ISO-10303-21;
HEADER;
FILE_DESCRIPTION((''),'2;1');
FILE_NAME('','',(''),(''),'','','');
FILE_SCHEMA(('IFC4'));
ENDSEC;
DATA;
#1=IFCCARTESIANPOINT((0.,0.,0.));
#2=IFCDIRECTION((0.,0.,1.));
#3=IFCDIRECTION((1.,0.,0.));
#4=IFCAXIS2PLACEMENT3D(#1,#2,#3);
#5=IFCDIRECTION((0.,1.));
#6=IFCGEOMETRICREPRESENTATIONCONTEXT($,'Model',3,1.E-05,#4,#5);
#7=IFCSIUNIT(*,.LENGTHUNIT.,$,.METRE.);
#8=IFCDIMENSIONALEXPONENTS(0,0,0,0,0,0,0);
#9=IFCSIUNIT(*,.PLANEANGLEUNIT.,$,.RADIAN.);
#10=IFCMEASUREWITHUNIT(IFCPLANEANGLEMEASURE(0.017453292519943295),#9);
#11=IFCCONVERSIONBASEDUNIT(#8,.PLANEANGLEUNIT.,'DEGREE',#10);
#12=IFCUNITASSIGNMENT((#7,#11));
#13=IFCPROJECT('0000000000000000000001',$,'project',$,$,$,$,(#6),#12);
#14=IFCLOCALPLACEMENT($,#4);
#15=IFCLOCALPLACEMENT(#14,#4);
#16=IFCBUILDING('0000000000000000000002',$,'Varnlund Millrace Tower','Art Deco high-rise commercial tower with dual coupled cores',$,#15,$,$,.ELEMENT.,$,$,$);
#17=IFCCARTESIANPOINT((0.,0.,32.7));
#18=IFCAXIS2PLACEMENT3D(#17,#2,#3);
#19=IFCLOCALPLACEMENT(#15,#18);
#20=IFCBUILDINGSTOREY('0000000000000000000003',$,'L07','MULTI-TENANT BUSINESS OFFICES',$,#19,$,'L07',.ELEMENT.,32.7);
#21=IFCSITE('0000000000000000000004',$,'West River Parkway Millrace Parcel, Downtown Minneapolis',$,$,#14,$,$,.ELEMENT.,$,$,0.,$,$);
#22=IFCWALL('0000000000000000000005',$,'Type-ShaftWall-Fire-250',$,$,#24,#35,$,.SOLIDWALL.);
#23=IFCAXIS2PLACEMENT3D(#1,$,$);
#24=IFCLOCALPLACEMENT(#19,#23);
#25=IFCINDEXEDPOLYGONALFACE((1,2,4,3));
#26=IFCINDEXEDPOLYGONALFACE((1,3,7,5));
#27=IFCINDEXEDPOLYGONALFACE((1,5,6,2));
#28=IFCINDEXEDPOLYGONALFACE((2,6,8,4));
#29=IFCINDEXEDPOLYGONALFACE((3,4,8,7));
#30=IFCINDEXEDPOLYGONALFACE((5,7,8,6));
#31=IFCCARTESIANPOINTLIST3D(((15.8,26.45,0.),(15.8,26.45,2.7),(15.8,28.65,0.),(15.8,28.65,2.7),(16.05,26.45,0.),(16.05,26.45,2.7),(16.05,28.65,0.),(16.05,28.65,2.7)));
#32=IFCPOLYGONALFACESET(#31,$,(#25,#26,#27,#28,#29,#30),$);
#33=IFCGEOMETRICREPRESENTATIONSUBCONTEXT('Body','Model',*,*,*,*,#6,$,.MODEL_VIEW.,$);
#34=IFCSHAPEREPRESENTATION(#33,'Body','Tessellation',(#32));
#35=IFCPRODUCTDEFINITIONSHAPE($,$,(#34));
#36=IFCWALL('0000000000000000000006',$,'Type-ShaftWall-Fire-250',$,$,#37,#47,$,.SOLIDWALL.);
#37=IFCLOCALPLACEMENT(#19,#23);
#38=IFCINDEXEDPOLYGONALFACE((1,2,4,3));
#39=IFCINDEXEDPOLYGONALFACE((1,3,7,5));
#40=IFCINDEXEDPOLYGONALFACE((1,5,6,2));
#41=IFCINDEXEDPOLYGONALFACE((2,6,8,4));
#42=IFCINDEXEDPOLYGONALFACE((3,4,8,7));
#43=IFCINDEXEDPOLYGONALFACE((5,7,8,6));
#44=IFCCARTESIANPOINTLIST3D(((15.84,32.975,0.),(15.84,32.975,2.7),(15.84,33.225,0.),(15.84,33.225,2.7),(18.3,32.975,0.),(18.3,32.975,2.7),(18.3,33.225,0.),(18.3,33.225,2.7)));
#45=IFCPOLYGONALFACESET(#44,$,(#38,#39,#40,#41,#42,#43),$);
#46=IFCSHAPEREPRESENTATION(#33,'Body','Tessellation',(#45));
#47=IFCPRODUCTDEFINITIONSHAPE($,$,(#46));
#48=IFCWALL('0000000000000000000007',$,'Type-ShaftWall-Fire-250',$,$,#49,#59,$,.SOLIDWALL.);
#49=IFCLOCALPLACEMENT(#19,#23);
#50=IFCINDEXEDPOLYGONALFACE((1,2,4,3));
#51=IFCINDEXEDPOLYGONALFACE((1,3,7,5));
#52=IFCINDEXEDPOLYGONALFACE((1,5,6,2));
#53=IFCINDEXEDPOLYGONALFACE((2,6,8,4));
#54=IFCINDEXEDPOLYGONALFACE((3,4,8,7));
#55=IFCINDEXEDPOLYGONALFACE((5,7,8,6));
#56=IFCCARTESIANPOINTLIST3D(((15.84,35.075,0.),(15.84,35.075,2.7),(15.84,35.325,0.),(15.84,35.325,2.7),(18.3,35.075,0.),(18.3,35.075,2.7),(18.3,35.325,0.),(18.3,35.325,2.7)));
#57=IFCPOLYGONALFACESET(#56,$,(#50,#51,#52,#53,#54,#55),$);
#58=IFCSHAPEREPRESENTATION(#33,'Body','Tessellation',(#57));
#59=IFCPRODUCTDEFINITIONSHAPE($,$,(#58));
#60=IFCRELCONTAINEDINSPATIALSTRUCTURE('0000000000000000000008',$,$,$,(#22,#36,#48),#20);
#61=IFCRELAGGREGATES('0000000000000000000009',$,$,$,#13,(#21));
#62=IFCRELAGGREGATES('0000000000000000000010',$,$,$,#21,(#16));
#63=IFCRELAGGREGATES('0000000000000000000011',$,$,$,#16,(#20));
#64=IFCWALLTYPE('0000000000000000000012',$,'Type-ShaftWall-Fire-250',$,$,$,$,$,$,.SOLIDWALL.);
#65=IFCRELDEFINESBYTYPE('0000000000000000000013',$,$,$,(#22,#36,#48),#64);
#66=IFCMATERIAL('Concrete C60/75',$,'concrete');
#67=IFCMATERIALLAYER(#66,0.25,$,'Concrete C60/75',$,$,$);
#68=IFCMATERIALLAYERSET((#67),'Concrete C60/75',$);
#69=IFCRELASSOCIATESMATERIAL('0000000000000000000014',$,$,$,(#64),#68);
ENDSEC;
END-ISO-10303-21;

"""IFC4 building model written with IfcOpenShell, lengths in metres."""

from ifc_helpers import new_model, entity, si_unit, converted_unit, direction, frame, origin_with_axes, place, context, subcontext, project, spatial, polyline, outline, extrude, material, layer, layer_set, type_object, element, save


model = new_model("IFC4")

# Units and contexts
model_context = context("Model", 3, precision=1e-05, world=origin_with_axes(), true_north=direction((0.0, 1.0)))
body_context = subcontext(model_context, "Body", "Model", "MODEL_VIEW")
ifc_project = project(units=[si_unit("LENGTHUNIT", "METRE"), converted_unit("PLANEANGLEUNIT", "DEGREE", entity("IfcPlaneAngleMeasure", 0.017453292519943295), si_unit("PLANEANGLEUNIT", "RADIAN"), dimensions=[0, 0, 0, 0, 0, 0, 0])], contexts=[model_context])

# Site, building, storey
site_placement = place(None, origin_with_axes())
site = spatial("IfcSite", under=ifc_project, at=site_placement, Name="West River Parkway Millrace Parcel, Downtown Minneapolis", CompositionType="ELEMENT", RefElevation=0.0)
building_placement = place(site_placement, origin_with_axes())
building = spatial("IfcBuilding", under=site, at=building_placement, Name="Varnlund Millrace Tower", Description="Art Deco high-rise commercial tower with dual coupled cores", CompositionType="ELEMENT")
storey_placement = place(building_placement, frame((0.0, 0.0, 32.7), z_axis=(0.0, 0.0, 1.0), x_axis=(1.0, 0.0, 0.0)))
storey = spatial("IfcBuildingStorey", under=building, at=storey_placement, Name="L07", Description="MULTI-TENANT BUSINESS OFFICES", LongName="L07", CompositionType="ELEMENT", Elevation=32.7)

# Walls
ifc_material_1 = material(Name="Concrete C60/75", Category="concrete")
ifc_layer_1 = layer(ifc_material_1, 0.25, Name="Concrete C60/75")
ifc_layer_set_1 = layer_set([ifc_layer_1], Name="Concrete C60/75")
wall_type_1 = type_object("IfcWallType", Name="Type-ShaftWall-Fire-250", PredefinedType="SOLIDWALL", material=ifc_layer_set_1)
wall_1_placement = place(storey_placement, frame((15.925, 26.45, 0.0), z_axis=(0.0, 0.0, 1.0), x_axis=(0.0, 1.0, 0.0)))
element("IfcWall", 1, at=wall_1_placement, inside=storey, type_object=wall_type_1, Name="Type-ShaftWall-Fire-250", PredefinedType="SOLIDWALL", context=body_context, shape_type="SweptSolid", body=[
    extrude(outline(polyline([(0.0, -0.125), (2.2, -0.125), (2.2, 0.125), (0.0, 0.125), (0.0, -0.125)])), origin_with_axes(), (0.0, 0.0, 1.0), 2.7),
])
for number, where, z_axis, x_axis, name in (
    (2, (15.84, 33.1, 0.0), (0.0, 0.0, 1.0), (1.0, 0.0, 0.0), "Type-ShaftWall-Fire-250"),
    (3, (15.84, 35.2, 0.0), (0.0, 0.0, 1.0), (1.0, 0.0, 0.0), "Type-ShaftWall-Fire-250"),
):
    element("IfcWall", number, at=place(storey_placement, frame(where, z_axis=z_axis, x_axis=x_axis)), inside=storey, type_object=wall_type_1, Name=name, PredefinedType="SOLIDWALL", context=body_context, shape_type="SweptSolid", body=[
        extrude(outline(polyline([(0.0, -0.125), (2.46, -0.125), (2.46, 0.125), (0.0, 0.125), (0.0, -0.125)])), origin_with_axes(), (0.0, 0.0, 1.0), 2.7),
    ])

save(model, "model.ifc")
